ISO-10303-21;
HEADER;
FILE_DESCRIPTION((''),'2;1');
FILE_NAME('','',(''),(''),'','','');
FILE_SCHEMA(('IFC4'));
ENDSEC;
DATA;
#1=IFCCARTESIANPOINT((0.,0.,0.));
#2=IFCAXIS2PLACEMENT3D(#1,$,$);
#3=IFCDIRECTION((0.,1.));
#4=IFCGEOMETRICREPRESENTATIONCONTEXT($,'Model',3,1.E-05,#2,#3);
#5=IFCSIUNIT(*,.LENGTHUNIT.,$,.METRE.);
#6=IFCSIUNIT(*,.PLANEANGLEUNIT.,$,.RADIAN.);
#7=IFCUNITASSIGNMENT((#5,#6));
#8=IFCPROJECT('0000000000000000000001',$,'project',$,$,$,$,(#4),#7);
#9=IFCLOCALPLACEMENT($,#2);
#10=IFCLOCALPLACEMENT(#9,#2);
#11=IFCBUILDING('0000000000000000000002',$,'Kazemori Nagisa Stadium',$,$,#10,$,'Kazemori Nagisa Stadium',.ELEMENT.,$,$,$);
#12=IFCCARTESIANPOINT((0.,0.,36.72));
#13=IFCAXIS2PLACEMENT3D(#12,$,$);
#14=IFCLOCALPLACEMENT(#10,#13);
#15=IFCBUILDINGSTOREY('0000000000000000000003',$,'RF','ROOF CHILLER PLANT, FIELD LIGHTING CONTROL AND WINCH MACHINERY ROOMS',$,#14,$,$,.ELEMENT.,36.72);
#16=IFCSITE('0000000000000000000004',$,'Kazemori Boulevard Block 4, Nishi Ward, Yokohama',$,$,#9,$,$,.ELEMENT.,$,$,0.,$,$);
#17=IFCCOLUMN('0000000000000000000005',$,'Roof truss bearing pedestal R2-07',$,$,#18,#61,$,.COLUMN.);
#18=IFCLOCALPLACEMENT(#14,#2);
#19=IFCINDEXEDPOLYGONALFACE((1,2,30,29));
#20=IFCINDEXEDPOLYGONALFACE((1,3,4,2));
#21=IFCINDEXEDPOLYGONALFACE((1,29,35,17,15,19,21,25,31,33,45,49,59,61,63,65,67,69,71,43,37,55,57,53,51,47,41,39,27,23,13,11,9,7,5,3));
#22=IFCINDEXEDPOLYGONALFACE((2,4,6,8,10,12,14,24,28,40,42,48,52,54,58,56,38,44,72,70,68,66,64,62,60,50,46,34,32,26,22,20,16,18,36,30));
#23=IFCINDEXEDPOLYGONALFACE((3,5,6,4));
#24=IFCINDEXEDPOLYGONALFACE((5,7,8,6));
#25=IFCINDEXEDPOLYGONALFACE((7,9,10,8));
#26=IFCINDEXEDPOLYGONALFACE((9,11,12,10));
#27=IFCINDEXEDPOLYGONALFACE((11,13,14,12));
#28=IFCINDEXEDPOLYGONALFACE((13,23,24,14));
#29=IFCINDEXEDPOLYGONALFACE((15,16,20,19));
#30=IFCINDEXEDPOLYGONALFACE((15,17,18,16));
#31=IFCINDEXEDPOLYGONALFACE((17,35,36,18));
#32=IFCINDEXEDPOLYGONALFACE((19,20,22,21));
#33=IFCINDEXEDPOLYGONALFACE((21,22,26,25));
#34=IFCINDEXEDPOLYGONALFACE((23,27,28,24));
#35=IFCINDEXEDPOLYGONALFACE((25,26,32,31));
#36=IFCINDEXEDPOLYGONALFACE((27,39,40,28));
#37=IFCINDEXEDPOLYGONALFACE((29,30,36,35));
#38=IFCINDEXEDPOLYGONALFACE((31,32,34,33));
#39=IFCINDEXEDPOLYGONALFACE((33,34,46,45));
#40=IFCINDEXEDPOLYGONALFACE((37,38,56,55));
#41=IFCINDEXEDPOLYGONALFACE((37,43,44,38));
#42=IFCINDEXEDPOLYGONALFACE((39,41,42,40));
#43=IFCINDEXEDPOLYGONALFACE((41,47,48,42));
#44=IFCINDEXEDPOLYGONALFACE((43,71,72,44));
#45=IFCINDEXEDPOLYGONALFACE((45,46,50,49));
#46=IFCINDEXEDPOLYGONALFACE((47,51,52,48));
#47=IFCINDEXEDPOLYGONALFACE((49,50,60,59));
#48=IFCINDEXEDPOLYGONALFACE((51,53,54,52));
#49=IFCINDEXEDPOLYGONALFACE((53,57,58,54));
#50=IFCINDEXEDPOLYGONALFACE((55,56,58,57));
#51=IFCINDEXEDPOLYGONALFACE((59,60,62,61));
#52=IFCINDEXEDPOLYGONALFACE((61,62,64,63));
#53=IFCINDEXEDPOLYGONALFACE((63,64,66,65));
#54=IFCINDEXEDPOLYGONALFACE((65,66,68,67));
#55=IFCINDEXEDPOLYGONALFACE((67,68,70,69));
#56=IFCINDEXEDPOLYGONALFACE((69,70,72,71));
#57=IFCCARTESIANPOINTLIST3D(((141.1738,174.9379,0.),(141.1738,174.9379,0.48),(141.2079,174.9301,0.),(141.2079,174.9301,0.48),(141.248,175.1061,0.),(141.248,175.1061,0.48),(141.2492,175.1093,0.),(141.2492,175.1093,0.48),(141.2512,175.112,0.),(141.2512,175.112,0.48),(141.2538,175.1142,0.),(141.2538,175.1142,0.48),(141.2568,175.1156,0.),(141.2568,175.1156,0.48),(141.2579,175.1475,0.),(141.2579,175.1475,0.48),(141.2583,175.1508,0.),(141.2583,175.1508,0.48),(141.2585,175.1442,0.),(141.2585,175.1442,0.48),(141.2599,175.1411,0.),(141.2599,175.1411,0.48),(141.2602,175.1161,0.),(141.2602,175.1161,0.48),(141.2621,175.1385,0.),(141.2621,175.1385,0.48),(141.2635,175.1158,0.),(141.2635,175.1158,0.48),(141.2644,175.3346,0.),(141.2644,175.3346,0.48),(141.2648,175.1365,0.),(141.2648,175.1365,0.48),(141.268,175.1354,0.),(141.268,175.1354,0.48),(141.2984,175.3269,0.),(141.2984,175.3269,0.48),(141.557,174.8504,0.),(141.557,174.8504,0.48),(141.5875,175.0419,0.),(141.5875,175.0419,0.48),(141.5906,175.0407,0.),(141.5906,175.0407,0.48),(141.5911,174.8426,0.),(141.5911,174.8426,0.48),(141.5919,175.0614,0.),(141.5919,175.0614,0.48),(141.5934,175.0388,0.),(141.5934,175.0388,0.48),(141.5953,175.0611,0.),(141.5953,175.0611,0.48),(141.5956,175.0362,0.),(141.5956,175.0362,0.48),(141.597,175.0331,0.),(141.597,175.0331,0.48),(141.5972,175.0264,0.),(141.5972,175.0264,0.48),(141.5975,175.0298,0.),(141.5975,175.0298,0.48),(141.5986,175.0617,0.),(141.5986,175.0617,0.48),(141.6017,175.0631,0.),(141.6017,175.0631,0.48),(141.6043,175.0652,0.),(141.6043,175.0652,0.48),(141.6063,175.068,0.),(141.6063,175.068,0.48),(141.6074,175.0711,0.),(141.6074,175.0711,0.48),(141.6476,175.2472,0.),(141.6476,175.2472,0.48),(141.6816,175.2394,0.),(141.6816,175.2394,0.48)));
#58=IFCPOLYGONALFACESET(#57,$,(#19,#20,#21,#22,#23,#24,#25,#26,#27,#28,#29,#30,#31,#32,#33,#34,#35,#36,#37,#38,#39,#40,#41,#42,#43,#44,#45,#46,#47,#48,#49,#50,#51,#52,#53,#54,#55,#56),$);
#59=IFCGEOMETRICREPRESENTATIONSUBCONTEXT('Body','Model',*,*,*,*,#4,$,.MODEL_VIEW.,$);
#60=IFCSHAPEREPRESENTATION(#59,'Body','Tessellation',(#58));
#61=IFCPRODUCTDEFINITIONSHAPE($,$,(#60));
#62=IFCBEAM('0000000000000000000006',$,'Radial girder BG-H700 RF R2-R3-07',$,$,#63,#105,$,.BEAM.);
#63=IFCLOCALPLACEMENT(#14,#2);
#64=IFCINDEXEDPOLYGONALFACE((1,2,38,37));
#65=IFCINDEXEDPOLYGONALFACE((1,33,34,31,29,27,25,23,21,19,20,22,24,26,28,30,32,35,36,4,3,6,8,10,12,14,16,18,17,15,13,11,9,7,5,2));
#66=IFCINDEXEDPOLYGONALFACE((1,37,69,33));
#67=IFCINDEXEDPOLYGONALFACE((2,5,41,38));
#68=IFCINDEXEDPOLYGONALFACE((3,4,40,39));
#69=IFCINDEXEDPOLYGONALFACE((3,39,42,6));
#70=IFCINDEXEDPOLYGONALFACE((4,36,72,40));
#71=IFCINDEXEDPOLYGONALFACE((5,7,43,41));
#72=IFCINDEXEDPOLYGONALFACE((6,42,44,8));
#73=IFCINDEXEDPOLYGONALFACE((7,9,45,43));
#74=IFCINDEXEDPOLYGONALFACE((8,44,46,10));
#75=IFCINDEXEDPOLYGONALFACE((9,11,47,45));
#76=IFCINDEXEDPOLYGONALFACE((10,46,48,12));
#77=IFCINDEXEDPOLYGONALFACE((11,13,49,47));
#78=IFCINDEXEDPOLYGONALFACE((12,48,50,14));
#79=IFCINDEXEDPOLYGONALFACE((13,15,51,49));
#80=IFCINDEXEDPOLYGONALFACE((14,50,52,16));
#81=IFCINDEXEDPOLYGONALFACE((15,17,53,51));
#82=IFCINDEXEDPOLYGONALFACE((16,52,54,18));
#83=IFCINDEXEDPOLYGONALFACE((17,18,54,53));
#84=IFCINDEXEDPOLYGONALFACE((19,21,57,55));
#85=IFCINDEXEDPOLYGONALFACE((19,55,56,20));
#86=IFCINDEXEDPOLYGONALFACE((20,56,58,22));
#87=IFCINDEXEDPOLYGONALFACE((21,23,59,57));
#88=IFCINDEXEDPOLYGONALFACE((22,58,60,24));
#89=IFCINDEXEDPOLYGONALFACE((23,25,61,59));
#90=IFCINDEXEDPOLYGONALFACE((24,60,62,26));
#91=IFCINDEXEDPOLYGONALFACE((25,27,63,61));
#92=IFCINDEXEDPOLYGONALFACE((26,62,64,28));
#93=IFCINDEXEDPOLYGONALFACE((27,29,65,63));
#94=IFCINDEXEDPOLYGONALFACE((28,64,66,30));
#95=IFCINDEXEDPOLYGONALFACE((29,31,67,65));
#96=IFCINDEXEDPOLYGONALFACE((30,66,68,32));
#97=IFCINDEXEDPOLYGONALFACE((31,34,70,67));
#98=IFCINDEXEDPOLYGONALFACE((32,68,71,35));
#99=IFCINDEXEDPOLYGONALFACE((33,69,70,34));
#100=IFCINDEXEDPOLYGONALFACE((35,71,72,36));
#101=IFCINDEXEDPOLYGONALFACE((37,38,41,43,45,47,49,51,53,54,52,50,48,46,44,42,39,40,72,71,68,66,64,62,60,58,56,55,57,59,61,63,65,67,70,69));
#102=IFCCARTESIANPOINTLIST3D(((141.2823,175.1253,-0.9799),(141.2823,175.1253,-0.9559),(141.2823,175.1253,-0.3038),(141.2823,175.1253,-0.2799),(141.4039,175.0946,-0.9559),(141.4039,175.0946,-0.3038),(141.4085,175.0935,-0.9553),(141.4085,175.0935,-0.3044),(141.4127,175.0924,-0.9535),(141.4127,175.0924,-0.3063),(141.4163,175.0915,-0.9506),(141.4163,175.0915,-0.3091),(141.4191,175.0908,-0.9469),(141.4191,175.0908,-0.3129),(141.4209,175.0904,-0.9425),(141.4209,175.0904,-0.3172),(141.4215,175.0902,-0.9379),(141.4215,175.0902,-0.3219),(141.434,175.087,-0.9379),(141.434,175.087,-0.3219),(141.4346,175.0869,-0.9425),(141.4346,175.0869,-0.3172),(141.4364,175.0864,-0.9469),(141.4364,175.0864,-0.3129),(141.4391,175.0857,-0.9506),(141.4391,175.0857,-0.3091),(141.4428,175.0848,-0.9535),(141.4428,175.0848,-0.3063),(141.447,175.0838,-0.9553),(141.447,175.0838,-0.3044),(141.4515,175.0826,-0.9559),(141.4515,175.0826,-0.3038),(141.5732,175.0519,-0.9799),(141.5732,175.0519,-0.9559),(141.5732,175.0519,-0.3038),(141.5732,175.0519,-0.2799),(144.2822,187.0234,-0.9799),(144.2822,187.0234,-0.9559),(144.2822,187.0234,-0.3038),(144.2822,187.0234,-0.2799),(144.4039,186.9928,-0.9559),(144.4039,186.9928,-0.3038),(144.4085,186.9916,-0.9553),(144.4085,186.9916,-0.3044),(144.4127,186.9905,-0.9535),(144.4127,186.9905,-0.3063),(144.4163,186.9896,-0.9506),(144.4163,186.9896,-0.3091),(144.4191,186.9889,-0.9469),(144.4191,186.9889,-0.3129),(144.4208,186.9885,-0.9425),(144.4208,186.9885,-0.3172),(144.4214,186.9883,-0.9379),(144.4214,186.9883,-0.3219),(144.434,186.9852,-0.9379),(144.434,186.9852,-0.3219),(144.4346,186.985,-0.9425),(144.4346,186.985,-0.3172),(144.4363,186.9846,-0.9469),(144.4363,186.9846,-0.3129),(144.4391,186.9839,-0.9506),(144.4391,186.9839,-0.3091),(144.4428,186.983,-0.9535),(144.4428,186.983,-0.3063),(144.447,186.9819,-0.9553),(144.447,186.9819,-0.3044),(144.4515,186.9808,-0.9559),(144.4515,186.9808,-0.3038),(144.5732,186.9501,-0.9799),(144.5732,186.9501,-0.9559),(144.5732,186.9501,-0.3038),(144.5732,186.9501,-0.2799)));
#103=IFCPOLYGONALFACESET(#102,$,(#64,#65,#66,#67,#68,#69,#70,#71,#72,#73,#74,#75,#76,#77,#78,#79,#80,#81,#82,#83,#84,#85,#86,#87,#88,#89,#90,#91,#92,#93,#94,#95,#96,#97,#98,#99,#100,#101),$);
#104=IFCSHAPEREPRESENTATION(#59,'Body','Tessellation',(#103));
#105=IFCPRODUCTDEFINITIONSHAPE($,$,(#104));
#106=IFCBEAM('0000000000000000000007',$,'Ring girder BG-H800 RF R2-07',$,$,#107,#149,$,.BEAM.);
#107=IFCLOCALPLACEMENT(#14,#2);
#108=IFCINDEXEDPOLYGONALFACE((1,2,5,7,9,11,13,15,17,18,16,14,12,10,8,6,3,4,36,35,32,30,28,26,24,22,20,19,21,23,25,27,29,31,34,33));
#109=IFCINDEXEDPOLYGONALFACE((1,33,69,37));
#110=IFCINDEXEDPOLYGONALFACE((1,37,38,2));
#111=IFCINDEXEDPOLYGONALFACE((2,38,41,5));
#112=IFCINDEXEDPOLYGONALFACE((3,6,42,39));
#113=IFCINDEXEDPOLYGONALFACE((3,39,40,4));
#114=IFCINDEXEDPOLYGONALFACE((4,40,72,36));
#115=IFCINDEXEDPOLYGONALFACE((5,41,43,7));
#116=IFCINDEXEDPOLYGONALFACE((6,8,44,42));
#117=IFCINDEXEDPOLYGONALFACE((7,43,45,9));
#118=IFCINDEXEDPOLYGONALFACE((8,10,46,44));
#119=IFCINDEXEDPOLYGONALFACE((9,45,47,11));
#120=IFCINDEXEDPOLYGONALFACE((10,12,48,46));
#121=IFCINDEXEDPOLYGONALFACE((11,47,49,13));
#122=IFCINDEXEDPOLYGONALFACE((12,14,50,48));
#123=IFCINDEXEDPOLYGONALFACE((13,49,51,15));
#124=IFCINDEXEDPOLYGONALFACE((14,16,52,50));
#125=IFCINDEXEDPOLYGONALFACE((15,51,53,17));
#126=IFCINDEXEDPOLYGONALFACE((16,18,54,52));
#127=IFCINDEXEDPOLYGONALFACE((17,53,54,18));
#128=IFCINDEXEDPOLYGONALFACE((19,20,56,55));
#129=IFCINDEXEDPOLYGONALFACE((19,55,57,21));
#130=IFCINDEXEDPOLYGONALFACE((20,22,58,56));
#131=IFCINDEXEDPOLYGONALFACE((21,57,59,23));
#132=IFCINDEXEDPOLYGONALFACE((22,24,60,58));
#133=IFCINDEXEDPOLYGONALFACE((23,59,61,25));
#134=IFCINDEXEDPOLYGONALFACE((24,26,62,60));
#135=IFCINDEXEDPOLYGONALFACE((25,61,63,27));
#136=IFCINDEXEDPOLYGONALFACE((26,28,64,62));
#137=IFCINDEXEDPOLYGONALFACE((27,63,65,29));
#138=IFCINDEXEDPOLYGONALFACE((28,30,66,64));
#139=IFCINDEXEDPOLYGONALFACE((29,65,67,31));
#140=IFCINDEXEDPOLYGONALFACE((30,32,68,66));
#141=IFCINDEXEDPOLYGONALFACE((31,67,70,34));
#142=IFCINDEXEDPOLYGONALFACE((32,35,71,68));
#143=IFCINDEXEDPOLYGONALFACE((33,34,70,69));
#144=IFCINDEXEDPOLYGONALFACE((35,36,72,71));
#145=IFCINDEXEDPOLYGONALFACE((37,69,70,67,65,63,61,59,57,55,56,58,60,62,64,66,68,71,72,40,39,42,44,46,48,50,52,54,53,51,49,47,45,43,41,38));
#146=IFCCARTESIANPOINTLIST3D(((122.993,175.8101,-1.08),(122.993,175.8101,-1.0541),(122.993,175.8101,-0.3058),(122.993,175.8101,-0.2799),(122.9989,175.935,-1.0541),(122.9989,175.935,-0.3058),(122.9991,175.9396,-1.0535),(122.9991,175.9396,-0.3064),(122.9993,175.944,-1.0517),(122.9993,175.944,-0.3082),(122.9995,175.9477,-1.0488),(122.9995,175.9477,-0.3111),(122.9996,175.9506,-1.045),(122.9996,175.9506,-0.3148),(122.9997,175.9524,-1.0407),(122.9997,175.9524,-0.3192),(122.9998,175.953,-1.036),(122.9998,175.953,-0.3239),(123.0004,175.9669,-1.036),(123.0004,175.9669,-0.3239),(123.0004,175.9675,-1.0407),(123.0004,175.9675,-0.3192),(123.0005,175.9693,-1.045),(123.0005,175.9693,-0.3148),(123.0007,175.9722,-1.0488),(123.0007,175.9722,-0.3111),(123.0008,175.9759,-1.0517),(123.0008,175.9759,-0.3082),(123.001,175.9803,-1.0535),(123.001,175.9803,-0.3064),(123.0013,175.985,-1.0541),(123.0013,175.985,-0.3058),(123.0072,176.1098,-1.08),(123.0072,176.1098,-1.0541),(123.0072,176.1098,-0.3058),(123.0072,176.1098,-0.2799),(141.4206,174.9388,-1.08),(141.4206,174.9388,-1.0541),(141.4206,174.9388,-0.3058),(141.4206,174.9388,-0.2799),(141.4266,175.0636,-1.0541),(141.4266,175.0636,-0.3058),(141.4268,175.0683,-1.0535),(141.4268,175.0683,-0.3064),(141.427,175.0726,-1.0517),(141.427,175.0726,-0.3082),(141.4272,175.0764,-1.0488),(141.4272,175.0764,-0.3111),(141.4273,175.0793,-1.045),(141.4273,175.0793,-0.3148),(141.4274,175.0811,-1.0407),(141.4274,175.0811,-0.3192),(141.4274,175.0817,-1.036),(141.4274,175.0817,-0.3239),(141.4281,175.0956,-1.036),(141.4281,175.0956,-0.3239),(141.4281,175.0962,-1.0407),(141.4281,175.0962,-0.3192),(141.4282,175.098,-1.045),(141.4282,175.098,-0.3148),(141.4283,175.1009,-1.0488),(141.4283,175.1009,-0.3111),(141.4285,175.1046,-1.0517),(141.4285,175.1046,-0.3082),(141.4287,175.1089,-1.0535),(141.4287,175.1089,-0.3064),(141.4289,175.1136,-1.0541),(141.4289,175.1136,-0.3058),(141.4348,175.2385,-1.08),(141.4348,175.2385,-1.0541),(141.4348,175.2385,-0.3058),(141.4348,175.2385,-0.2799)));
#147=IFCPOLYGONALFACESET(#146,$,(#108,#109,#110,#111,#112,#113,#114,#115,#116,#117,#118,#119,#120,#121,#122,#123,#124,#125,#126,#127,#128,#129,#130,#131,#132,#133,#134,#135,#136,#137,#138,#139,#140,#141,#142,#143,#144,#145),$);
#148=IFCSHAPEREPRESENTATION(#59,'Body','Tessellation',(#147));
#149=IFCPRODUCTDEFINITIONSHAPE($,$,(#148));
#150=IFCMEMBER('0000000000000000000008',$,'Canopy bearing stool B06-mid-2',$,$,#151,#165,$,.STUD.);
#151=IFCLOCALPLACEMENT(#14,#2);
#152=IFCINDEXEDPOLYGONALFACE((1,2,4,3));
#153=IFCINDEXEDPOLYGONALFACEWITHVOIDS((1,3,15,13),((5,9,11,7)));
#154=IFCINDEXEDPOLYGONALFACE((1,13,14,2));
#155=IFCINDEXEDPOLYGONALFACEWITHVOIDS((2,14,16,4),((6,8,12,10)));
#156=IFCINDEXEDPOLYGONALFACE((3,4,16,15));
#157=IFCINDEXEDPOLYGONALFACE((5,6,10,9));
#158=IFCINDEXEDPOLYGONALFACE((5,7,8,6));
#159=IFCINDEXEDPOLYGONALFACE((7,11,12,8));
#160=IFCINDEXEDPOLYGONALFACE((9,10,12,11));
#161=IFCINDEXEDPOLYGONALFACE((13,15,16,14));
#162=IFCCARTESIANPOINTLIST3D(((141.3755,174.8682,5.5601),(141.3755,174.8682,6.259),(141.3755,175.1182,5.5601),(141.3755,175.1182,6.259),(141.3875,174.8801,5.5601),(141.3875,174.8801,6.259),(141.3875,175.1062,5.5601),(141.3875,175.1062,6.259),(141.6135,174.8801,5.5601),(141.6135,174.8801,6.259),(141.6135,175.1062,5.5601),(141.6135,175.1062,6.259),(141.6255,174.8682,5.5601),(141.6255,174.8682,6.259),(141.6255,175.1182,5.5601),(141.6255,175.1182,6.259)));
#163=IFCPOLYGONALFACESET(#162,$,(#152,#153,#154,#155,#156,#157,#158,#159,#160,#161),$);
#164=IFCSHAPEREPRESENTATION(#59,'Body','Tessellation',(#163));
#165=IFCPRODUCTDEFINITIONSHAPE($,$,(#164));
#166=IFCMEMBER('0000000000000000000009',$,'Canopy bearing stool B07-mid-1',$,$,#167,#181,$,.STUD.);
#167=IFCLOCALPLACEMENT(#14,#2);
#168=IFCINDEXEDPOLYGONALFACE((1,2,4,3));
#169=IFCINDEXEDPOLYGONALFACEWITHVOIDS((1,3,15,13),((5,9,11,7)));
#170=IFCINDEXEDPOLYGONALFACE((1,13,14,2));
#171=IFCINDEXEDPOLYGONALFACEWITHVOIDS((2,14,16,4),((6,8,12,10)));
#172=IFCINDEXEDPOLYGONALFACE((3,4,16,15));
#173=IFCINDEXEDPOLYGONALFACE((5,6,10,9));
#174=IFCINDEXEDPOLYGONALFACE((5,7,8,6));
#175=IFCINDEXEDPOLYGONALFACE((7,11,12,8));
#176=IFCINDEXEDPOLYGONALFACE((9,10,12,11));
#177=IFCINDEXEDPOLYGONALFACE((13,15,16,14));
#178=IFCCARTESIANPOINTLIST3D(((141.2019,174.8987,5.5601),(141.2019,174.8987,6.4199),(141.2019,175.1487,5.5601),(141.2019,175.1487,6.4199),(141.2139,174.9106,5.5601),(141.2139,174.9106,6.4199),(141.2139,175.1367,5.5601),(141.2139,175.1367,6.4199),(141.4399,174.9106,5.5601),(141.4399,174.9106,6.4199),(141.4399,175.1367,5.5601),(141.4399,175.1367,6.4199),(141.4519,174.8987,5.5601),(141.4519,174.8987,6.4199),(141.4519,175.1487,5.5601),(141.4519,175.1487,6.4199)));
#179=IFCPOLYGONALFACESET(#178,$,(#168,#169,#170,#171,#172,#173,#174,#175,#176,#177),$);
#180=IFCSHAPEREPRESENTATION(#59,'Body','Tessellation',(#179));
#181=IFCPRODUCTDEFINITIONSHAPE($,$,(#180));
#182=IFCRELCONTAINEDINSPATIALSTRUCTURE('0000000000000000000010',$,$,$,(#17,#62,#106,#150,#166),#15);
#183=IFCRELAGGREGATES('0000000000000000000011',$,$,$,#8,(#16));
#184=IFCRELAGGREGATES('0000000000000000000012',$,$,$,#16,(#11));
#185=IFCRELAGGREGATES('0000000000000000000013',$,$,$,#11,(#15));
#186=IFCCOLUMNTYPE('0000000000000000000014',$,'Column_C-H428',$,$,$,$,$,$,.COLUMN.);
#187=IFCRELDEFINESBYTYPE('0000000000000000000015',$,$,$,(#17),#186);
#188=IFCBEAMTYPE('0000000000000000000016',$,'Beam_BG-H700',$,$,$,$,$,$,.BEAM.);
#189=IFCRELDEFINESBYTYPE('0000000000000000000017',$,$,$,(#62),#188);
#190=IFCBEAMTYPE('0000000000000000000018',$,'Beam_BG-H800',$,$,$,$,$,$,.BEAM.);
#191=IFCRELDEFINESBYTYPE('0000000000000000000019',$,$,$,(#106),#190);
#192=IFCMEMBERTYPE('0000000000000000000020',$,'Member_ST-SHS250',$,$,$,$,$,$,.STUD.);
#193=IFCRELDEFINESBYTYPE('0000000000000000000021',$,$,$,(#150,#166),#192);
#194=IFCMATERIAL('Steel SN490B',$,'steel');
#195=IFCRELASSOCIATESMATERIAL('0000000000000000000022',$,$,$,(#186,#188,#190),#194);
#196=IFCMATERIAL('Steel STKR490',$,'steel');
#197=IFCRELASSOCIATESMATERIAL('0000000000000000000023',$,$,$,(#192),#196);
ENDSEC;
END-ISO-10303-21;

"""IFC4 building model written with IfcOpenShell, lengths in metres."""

from ifc_helpers import new_model, si_unit, direction, frame, origin, origin_2d, place, context, subcontext, project, spatial, hollow_rectangle, i_section, extrude, material, material_profile, profile_set, type_object, element, save


model = new_model("IFC4")

# Units and contexts
model_context = context("Model", 3, precision=1e-05, world=origin(), true_north=direction((0.0, 1.0)))
body_context = subcontext(model_context, "Body", "Model", "MODEL_VIEW")
ifc_project = project(units=[si_unit("LENGTHUNIT", "METRE"), si_unit("PLANEANGLEUNIT", "RADIAN")], contexts=[model_context])

# Site, building, storey
site_placement = place(None, origin())
site = spatial("IfcSite", under=ifc_project, at=site_placement, Name="Kazemori Boulevard Block 4, Nishi Ward, Yokohama", CompositionType="ELEMENT", RefElevation=0.0)
building_placement = place(site_placement, origin())
building = spatial("IfcBuilding", under=site, at=building_placement, Name="Kazemori Nagisa Stadium", LongName="Kazemori Nagisa Stadium", CompositionType="ELEMENT")
storey_placement = place(building_placement, frame((0.0, 0.0, 36.72)))
storey = spatial("IfcBuildingStorey", under=building, at=storey_placement, Name="RF", Description="ROOF CHILLER PLANT, FIELD LIGHTING CONTROL AND WINCH MACHINERY ROOMS", CompositionType="ELEMENT", Elevation=36.72)

# Column
ifc_material_1 = material(Name="Steel SN490B", Category="steel")
ifc_material_profile_1 = material_profile(ifc_material_1, i_section(OverallWidth=0.407, OverallDepth=0.428, WebThickness=0.02, FlangeThickness=0.0349, FilletRadius=0.0129, at=origin_2d()), Name="H-428x407x20x35")
ifc_profile_set_1 = profile_set([ifc_material_profile_1], Name="Steel SN490B")
column_type = type_object("IfcColumnType", Name="Column_C-H428", PredefinedType="COLUMN", material=ifc_profile_set_1)
column_placement = place(storey_placement, frame((141.4277, 175.0886, 0.0), z_axis=(0.0, 0.0, 1.0), x_axis=(0.222521, 0.974928, 0.0)))
element("IfcColumn", 1, at=column_placement, inside=storey, type_object=column_type, Name="Roof truss bearing pedestal R2-07", PredefinedType="COLUMN", context=body_context, shape_type="SweptSolid", body=[
    extrude(i_section(OverallWidth=0.407, OverallDepth=0.428, WebThickness=0.02, FlangeThickness=0.0349, FilletRadius=0.0129, at=origin_2d()), origin(), (0.0, 0.0, 1.0), 0.48),
])

# Beams
ifc_material_profile_2 = material_profile(ifc_material_1, i_section(OverallWidth=0.3, OverallDepth=0.7, WebThickness=0.0129, FlangeThickness=0.0239, FilletRadius=0.0181, at=origin_2d()), Name="H-700x300x13x24")
ifc_profile_set_2 = profile_set([ifc_material_profile_2], Name="Steel SN490B")
beam_type_1 = type_object("IfcBeamType", Name="Beam_BG-H700", PredefinedType="BEAM", material=ifc_profile_set_2)
beam_1_placement = place(storey_placement, frame((141.4277, 175.0886, -0.6299), z_axis=(0.244487, 0.969652, 0.0), x_axis=(-0.969652, 0.244487, 0.0)))
element("IfcBeam", 2, at=beam_1_placement, inside=storey, type_object=beam_type_1, Name="Radial girder BG-H700 RF R2-R3-07", PredefinedType="BEAM", context=body_context, shape_type="SweptSolid", body=[
    extrude(i_section(OverallWidth=0.3, OverallDepth=0.7, WebThickness=0.0129, FlangeThickness=0.0239, FilletRadius=0.0181, at=origin_2d()), origin(), (0.0, 0.0, 1.0), 12.2705),
])
ifc_material_profile_3 = material_profile(ifc_material_1, i_section(OverallWidth=0.3, OverallDepth=0.8, WebThickness=0.0139, FlangeThickness=0.0259, FilletRadius=0.0181, at=origin_2d()), Name="H-800x300x14x26")
ifc_profile_set_3 = profile_set([ifc_material_profile_3], Name="Steel SN490B")
beam_type_2 = type_object("IfcBeamType", Name="Beam_BG-H800", PredefinedType="BEAM", material=ifc_profile_set_3)
beam_2_placement = place(storey_placement, frame((141.4277, 175.0886, -0.6799), z_axis=(-0.998884, 0.047231, 0.0), x_axis=(-0.047231, -0.998884, 0.0)))
element("IfcBeam", 3, at=beam_2_placement, inside=storey, type_object=beam_type_2, Name="Ring girder BG-H800 RF R2-07", PredefinedType="BEAM", context=body_context, shape_type="SweptSolid", body=[
    extrude(i_section(OverallWidth=0.3, OverallDepth=0.8, WebThickness=0.0139, FlangeThickness=0.0259, FilletRadius=0.0181, at=origin_2d()), origin(), (0.0, 0.0, 1.0), 18.4482),
])

# Members
ifc_material_2 = material(Name="Steel STKR490", Category="steel")
ifc_material_profile_4 = material_profile(ifc_material_2, hollow_rectangle(XDim=0.25, YDim=0.25, WallThickness=0.012, at=origin_2d()), Name="SHS-250x250x12")
ifc_profile_set_4 = profile_set([ifc_material_profile_4], Name="Steel STKR490")
member_type_1 = type_object("IfcMemberType", Name="Member_ST-SHS250", PredefinedType="STUD", material=ifc_profile_set_4)
member_1_placement = place(storey_placement, frame((141.5005, 174.9932, 5.5601), z_axis=(0.0, 0.0, 1.0), x_axis=(1.0, 0.0, 0.0)))
element("IfcMember", 4, at=member_1_placement, inside=storey, type_object=member_type_1, Name="Canopy bearing stool B06-mid-2", PredefinedType="STUD", context=body_context, shape_type="SweptSolid", body=[
    extrude(hollow_rectangle(XDim=0.25, YDim=0.25, WallThickness=0.012, at=origin_2d()), origin(), (0.0, 0.0, 1.0), 0.699),
])
member_2_placement = place(storey_placement, frame((141.3269, 175.0237, 5.5601), z_axis=(0.0, 0.0, 1.0), x_axis=(1.0, 0.0, 0.0)))
element("IfcMember", 5, at=member_2_placement, inside=storey, type_object=member_type_1, Name="Canopy bearing stool B07-mid-1", PredefinedType="STUD", context=body_context, shape_type="SweptSolid", body=[
    extrude(hollow_rectangle(XDim=0.25, YDim=0.25, WallThickness=0.012, at=origin_2d()), origin(), (0.0, 0.0, 1.0), 0.8599),
])

save(model, "model.ifc")
